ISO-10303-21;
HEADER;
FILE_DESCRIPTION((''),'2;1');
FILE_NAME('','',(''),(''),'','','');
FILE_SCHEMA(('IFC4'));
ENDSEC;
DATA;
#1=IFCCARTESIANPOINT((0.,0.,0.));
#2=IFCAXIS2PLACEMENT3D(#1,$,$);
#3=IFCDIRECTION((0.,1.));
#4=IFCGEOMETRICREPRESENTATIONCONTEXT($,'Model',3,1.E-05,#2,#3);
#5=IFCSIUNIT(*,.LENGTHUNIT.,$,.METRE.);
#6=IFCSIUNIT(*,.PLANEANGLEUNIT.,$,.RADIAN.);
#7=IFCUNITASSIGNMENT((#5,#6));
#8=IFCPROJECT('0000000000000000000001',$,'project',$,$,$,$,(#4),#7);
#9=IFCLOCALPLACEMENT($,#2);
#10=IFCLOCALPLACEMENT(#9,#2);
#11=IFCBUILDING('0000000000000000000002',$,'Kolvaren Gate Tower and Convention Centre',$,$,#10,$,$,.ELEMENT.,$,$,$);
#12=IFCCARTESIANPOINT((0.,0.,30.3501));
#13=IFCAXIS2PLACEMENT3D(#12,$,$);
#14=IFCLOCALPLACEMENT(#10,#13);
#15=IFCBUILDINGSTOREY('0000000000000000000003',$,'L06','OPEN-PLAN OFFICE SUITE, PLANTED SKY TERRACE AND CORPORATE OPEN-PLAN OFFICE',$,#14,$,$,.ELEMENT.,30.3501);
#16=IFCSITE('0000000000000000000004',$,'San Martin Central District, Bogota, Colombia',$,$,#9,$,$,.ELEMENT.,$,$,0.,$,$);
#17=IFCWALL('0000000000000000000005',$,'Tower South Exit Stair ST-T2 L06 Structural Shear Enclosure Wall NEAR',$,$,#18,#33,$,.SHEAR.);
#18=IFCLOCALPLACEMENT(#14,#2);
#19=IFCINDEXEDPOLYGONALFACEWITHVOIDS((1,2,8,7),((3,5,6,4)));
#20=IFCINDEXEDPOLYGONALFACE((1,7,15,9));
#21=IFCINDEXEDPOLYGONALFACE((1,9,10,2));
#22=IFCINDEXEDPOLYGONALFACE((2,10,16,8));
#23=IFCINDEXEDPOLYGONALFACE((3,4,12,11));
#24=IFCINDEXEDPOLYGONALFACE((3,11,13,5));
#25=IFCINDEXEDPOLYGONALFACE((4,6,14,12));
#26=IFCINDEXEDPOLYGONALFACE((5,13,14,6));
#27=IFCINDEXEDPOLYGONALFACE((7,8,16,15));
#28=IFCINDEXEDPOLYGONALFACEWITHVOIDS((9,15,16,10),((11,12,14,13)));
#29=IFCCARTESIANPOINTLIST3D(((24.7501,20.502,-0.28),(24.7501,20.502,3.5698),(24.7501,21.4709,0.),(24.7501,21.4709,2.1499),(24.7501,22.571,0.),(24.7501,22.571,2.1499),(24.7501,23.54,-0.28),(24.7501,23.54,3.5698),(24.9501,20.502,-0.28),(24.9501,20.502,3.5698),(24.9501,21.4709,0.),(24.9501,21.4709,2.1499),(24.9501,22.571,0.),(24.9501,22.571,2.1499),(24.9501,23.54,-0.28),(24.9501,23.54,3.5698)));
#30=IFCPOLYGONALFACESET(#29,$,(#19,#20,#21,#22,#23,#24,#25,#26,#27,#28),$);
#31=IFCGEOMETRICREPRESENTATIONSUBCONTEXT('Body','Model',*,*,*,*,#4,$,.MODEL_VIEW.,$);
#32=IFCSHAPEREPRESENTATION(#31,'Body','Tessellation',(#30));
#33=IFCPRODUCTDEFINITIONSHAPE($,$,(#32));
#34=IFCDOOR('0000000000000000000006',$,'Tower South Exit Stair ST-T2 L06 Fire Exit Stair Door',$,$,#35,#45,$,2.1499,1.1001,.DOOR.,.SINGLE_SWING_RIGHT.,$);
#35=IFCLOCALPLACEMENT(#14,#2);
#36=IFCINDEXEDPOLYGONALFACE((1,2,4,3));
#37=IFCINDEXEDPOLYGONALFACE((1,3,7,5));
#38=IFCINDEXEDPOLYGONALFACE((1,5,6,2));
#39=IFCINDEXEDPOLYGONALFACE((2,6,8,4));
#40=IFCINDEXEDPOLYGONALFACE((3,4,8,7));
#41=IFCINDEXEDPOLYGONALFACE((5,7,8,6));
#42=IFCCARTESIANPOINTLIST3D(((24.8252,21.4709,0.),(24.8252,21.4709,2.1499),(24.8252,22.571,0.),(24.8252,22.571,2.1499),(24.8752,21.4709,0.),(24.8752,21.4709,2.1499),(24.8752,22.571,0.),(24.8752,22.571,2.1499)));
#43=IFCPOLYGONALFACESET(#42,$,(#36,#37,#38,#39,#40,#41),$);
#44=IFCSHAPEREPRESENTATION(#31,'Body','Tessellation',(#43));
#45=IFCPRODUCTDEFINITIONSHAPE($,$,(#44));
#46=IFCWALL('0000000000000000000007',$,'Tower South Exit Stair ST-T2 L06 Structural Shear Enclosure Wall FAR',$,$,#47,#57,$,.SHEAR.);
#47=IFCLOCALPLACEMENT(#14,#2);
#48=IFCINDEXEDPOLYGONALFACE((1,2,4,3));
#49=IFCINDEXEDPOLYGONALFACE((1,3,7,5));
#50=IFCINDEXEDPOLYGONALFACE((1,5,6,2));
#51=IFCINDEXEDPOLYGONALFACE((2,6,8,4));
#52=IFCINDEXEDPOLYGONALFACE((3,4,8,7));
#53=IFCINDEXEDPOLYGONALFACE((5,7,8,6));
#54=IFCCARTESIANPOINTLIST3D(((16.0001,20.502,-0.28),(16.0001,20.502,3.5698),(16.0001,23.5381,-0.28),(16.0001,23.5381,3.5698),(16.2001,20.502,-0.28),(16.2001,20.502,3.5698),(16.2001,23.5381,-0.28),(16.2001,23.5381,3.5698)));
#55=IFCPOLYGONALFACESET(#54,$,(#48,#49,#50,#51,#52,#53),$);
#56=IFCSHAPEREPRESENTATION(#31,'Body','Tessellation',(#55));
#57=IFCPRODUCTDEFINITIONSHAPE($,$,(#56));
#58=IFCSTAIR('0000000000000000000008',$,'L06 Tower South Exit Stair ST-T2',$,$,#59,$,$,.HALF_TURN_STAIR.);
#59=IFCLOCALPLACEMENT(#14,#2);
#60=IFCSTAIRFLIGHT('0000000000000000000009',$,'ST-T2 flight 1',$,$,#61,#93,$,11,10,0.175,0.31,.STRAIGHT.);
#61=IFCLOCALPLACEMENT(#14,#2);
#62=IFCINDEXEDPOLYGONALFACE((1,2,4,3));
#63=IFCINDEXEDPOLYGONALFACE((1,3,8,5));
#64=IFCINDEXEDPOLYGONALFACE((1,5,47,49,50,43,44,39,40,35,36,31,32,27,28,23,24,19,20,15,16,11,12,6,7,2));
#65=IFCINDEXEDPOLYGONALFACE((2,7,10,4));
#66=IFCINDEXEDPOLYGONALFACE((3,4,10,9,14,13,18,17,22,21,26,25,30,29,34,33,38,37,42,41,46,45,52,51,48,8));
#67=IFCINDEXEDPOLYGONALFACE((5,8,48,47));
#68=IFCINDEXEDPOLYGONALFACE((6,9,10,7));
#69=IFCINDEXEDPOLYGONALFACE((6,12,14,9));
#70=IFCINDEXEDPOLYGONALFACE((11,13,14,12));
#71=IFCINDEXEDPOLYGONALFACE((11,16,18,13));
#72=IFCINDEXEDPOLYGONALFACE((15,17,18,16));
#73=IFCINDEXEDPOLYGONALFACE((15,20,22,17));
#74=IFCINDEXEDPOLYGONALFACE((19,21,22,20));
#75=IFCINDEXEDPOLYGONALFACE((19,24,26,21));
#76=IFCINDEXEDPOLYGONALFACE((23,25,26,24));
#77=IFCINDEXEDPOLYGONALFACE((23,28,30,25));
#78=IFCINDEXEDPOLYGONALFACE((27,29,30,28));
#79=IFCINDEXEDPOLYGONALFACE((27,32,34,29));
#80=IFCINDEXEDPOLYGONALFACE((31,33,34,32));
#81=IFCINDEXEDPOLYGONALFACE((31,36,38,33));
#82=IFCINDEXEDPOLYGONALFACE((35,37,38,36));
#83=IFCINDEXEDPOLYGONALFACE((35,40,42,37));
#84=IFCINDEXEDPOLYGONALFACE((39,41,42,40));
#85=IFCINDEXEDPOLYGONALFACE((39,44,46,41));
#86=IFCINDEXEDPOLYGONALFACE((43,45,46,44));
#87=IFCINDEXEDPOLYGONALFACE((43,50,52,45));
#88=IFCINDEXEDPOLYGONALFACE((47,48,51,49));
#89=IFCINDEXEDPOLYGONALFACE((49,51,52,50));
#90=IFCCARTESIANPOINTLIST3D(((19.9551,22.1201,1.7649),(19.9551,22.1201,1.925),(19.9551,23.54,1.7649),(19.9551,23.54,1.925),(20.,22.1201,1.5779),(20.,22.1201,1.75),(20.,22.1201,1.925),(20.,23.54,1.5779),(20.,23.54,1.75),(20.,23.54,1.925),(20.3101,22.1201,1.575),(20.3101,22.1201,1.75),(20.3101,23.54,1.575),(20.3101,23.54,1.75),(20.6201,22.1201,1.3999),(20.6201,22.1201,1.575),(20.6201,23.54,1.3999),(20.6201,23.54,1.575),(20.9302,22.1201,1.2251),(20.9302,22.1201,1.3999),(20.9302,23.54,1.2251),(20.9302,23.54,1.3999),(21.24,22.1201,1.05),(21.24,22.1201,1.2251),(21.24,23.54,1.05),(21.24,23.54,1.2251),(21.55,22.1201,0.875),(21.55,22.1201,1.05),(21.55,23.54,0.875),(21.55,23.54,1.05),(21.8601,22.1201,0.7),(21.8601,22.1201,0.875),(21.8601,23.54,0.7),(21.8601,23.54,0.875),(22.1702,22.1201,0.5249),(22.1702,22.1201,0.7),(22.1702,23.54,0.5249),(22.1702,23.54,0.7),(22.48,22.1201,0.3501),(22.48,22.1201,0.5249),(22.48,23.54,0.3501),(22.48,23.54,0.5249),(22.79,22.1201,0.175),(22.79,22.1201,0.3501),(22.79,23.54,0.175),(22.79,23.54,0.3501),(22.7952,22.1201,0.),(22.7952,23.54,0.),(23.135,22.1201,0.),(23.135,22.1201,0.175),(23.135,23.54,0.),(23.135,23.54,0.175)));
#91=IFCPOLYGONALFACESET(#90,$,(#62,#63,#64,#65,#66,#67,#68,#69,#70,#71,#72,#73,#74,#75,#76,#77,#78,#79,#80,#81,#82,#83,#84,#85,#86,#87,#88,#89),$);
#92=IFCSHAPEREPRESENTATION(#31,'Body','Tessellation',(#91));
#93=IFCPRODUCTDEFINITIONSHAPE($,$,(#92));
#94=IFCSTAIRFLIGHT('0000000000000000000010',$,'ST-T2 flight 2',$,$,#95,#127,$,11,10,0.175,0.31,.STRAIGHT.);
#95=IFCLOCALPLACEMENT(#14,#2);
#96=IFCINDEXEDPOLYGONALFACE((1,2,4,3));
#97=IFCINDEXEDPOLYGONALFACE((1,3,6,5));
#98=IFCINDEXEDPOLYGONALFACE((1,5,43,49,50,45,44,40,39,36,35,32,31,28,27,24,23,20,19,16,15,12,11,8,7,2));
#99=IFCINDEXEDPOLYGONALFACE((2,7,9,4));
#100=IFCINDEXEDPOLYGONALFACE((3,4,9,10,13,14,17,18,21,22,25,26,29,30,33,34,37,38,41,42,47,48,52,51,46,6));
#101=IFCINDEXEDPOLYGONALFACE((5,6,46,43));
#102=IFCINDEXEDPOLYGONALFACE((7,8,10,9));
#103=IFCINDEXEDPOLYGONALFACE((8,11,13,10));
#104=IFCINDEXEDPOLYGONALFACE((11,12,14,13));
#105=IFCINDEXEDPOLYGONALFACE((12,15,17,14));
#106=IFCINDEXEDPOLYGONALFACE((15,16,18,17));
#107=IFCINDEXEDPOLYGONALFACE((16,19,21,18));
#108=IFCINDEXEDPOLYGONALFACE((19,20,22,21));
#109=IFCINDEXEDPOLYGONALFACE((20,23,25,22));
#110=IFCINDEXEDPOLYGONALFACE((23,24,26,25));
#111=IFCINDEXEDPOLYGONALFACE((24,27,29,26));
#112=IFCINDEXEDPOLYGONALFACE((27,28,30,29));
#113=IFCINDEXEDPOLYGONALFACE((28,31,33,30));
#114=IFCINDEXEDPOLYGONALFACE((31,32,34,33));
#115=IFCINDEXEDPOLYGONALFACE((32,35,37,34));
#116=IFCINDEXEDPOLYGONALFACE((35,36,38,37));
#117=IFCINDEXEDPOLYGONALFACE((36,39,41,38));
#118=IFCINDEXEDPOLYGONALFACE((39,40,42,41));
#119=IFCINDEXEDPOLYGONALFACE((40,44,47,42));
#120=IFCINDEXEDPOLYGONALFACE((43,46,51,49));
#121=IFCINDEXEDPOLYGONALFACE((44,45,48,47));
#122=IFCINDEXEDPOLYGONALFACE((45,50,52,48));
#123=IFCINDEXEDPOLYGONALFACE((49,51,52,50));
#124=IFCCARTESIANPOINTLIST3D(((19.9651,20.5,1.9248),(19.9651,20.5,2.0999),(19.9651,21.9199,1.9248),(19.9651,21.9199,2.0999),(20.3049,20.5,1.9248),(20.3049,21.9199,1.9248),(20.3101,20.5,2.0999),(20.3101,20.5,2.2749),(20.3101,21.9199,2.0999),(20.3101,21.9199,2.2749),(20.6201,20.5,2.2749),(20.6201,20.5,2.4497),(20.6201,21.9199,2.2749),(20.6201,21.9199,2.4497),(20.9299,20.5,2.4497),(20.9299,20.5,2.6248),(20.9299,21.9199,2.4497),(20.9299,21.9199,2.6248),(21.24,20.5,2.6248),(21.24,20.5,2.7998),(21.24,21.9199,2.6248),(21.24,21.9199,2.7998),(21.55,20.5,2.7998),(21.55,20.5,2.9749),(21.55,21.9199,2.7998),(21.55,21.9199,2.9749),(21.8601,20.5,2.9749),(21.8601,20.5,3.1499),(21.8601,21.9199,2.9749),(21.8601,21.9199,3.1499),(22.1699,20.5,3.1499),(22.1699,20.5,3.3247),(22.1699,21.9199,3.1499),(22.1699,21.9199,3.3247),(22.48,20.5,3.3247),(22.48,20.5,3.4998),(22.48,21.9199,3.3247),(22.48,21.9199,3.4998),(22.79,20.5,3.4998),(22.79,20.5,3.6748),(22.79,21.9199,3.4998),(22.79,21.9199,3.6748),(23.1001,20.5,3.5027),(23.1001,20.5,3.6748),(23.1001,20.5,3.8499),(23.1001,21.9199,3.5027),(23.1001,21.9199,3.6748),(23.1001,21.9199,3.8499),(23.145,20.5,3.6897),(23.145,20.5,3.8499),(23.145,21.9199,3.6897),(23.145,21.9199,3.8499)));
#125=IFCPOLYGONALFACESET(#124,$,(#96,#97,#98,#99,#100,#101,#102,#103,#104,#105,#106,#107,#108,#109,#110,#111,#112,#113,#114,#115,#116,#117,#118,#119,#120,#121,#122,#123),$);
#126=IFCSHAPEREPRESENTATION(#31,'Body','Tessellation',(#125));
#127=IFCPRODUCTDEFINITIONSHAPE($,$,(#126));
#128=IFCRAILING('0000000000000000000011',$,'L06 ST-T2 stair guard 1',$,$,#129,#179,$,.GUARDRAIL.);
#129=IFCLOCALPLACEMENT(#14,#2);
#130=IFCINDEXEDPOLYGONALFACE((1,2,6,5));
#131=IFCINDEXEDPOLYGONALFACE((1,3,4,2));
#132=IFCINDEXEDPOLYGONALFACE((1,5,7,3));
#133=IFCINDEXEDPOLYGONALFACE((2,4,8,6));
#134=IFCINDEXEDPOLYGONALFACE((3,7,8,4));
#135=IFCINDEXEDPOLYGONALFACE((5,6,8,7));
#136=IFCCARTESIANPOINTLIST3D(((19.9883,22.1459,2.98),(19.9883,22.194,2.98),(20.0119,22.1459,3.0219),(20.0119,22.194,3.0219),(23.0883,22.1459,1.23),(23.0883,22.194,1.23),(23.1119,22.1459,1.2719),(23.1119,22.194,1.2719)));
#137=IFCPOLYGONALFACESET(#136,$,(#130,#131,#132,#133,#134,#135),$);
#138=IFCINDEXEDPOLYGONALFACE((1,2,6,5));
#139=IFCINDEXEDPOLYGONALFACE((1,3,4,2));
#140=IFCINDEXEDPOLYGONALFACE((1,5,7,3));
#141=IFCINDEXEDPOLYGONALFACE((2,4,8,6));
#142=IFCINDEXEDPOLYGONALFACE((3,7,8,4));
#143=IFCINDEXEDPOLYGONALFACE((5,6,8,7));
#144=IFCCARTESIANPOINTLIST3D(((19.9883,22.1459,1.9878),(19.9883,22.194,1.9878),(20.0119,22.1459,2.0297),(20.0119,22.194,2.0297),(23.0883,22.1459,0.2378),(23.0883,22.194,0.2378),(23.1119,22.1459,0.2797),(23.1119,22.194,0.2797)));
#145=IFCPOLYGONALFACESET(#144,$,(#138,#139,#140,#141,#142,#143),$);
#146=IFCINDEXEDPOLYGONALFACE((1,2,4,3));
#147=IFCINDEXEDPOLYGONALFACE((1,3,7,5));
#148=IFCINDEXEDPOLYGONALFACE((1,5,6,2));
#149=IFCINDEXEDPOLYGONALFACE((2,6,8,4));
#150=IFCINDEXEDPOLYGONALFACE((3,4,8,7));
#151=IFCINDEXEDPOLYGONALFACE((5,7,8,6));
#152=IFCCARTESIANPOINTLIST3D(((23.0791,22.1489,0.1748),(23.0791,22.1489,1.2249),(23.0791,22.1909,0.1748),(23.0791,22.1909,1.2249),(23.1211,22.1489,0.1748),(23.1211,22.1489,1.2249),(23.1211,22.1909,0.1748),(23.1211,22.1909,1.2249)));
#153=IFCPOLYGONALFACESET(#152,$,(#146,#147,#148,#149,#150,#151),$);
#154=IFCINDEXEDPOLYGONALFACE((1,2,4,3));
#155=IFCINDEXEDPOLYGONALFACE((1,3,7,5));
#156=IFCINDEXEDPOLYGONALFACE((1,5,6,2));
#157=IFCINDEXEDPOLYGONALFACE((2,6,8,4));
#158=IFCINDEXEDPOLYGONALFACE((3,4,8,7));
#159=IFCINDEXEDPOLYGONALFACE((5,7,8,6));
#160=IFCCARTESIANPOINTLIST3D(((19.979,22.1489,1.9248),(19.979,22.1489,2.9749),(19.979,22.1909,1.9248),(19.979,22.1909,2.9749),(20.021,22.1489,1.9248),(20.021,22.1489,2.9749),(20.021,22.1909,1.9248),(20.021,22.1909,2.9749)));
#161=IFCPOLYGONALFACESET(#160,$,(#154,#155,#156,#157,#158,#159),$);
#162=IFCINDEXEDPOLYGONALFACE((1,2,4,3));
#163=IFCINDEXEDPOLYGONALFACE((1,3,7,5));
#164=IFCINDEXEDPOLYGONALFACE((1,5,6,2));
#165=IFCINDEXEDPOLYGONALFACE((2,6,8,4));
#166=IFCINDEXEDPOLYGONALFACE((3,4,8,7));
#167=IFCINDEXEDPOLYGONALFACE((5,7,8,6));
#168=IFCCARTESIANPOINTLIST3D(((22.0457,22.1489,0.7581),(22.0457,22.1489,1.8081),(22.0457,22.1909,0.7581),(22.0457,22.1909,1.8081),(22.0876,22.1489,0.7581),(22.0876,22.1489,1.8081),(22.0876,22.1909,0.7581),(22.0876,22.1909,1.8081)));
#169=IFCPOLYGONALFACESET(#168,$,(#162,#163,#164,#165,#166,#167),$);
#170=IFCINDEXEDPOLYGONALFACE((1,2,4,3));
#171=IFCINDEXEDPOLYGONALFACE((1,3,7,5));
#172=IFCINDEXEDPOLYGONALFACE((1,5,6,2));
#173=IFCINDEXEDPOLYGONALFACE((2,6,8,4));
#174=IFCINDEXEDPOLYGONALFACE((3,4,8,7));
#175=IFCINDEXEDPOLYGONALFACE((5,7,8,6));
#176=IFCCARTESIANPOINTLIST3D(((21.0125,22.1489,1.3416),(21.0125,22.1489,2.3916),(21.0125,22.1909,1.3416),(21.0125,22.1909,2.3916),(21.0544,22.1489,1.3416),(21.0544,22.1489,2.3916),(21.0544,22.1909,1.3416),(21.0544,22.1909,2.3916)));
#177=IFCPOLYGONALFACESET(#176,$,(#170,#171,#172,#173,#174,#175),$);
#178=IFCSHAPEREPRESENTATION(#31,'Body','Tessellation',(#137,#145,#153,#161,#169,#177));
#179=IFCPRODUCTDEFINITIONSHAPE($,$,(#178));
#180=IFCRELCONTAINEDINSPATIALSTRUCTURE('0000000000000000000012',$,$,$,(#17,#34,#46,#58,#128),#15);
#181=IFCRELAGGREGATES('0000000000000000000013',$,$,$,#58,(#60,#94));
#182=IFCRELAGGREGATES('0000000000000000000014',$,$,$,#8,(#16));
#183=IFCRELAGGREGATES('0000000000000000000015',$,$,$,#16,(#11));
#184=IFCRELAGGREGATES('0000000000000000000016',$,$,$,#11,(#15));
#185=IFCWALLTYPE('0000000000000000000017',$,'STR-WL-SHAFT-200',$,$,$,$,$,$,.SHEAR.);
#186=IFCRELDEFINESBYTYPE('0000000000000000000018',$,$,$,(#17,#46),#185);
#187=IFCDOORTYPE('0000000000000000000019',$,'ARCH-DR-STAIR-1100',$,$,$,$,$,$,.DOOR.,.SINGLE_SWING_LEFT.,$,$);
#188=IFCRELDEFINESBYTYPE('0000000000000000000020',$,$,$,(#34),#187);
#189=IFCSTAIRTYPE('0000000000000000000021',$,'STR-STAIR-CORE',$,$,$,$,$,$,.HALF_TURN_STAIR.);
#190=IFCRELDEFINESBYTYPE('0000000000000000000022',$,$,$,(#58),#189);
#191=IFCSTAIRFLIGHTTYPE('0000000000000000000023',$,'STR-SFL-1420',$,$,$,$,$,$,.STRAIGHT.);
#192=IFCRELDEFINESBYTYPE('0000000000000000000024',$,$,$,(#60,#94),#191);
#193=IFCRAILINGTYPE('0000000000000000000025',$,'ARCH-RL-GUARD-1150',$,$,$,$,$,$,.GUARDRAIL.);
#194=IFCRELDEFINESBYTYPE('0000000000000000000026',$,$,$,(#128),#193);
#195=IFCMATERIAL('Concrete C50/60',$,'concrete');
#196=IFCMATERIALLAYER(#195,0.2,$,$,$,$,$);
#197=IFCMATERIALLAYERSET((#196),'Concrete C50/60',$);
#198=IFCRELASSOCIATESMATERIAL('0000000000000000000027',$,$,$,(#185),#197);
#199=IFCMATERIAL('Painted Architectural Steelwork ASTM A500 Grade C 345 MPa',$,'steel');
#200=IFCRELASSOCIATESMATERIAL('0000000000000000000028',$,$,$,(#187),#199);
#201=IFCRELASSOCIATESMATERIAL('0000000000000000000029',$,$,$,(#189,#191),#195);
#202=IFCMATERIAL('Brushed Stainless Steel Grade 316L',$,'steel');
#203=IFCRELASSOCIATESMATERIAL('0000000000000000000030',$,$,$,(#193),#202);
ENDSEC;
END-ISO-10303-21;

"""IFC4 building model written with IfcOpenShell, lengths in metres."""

from ifc_helpers import new_model, si_unit, direction, frame, frame_2d, origin, origin_2d, place, context, subcontext, project, spatial, polyline, rectangle, outline, extrude, material, layer, layer_set, type_object, element, fill, aggregate, save


model = new_model("IFC4")

# Units and contexts
model_context = context("Model", 3, precision=1e-05, world=origin(), true_north=direction((0.0, 1.0)))
body_context = subcontext(model_context, "Body", "Model", "MODEL_VIEW")
ifc_project = project(units=[si_unit("LENGTHUNIT", "METRE"), si_unit("PLANEANGLEUNIT", "RADIAN")], contexts=[model_context])

# Site, building, storey
site_placement = place(None, origin())
site = spatial("IfcSite", under=ifc_project, at=site_placement, Name="San Martin Central District, Bogota, Colombia", CompositionType="ELEMENT", RefElevation=0.0)
building_placement = place(site_placement, origin())
building = spatial("IfcBuilding", under=site, at=building_placement, Name="Kolvaren Gate Tower and Convention Centre", CompositionType="ELEMENT")
storey_placement = place(building_placement, frame((0.0, 0.0, 30.3501)))
storey = spatial("IfcBuildingStorey", under=building, at=storey_placement, Name="L06", Description="OPEN-PLAN OFFICE SUITE, PLANTED SKY TERRACE AND CORPORATE OPEN-PLAN OFFICE", CompositionType="ELEMENT", Elevation=30.3501)

# Shared definitions
ifc_material_1 = material(Name="Painted Architectural Steelwork ASTM A500 Grade C 345 MPa", Category="steel")

# Shared definitions
ifc_material_2 = material(Name="Brushed Stainless Steel Grade 316L", Category="steel")

# Wall, opening, door
ifc_material_3 = material(Name="Concrete C50/60", Category="concrete")
ifc_layer_1 = layer(ifc_material_3, 0.2)
ifc_layer_set_1 = layer_set([ifc_layer_1], Name="Concrete C50/60")
wall_type_1 = type_object("IfcWallType", Name="STR-WL-SHAFT-200", PredefinedType="SHEAR", material=ifc_layer_set_1)
wall_1_placement = place(storey_placement, frame((24.8501, 20.502, -0.28), z_axis=(0.0, 0.0, 1.0), x_axis=(0.0, 1.0, 0.0)))
wall_1 = element("IfcWall", 1, at=wall_1_placement, inside=storey, type_object=wall_type_1, Name="Tower South Exit Stair ST-T2 L06 Structural Shear Enclosure Wall NEAR", PredefinedType="SHEAR", context=body_context, shape_type="SweptSolid", body=[
    extrude(rectangle(XDim=3.0381, YDim=0.2, at=frame_2d((1.519, 0.0))), origin(), (0.0, 0.0, 1.0), 3.8499),
])
opening_1_placement = place(wall_1_placement, frame((0.969, 0.0, 0.28)))
opening_1 = element("IfcOpeningElement", 2, at=opening_1_placement, cuts=wall_1, PredefinedType="OPENING", context=body_context, shape_type="SweptSolid", body=[
    extrude(rectangle(XDim=1.1001, YDim=2.1499, at=frame_2d((0.55, 1.075))), frame((0.0, 0.1099, 0.0), z_axis=(0.0, -1.0, 0.0), x_axis=(1.0, 0.0, 0.0)), (0.0, 0.0, 1.0), 0.22),
])
door_type_1 = type_object("IfcDoorType", Name="ARCH-DR-STAIR-1100", OperationType="SINGLE_SWING_LEFT", PredefinedType="DOOR", material=ifc_material_1)
door_1_placement = place(opening_1_placement, origin())
door_1 = element("IfcDoor", 3, at=door_1_placement, inside=storey, type_object=door_type_1, Name="Tower South Exit Stair ST-T2 L06 Fire Exit Stair Door", OperationType="SINGLE_SWING_RIGHT", OverallHeight=2.1499, OverallWidth=1.1001, PredefinedType="DOOR", context=body_context, shape_type="SweptSolid", body=[
    extrude(rectangle(XDim=1.1001, YDim=2.1499, at=frame_2d((0.55, 1.075))), frame((0.0, 0.0249, 0.0), z_axis=(0.0, -1.0, 0.0), x_axis=(1.0, 0.0, 0.0)), (0.0, 0.0, 1.0), 0.05),
])
fill(opening_1, door_1)

# Wall
wall_2_placement = place(storey_placement, frame((16.1001, 20.502, -0.28), z_axis=(0.0, 0.0, 1.0), x_axis=(0.0, 1.0, 0.0)))
element("IfcWall", 4, at=wall_2_placement, inside=storey, type_object=wall_type_1, Name="Tower South Exit Stair ST-T2 L06 Structural Shear Enclosure Wall FAR", PredefinedType="SHEAR", context=body_context, shape_type="SweptSolid", body=[
    extrude(rectangle(XDim=3.0361, YDim=0.2, at=frame_2d((1.5181, 0.0))), origin(), (0.0, 0.0, 1.0), 3.8499),
])

# Stair, stair flights
stair_type = type_object("IfcStairType", Name="STR-STAIR-CORE", PredefinedType="HALF_TURN_STAIR", material=ifc_material_3)
stair_placement = place(storey_placement, origin())
stair = element("IfcStair", 5, at=stair_placement, inside=storey, type_object=stair_type, Name="L06 Tower South Exit Stair ST-T2", PredefinedType="HALF_TURN_STAIR")
stair_flight_type = type_object("IfcStairFlightType", Name="STR-SFL-1420", PredefinedType="STRAIGHT", material=ifc_material_3)
stair_flight_1_placement = place(storey_placement, frame((23.1001, 22.8301, 0.0), z_axis=(0.0, 0.0, 1.0), x_axis=(-1.0, 0.0, 0.0)))
stair_flight_1 = element("IfcStairFlight", 6, at=stair_flight_1_placement, type_object=stair_flight_type, Name="ST-T2 flight 1", NumberOfRisers=11, NumberOfTreads=10, PredefinedType="STRAIGHT", RiserHeight=0.175, TreadLength=0.31, context=body_context, shape_type="SweptSolid", body=[
    extrude(outline(polyline([(-0.0349, 0.0), (-0.0349, 0.175), (0.3101, 0.175), (0.3101, 0.3501), (0.6201, 0.3501), (0.6201, 0.5249), (0.9299, 0.5249), (0.9299, 0.7), (1.24, 0.7), (1.24, 0.875), (1.55, 0.875), (1.55, 1.05), (1.8601, 1.05), (1.8601, 1.2251), (2.1699, 1.2251), (2.1699, 1.3999), (2.48, 1.3999), (2.48, 1.575), (2.79, 1.575), (2.79, 1.75), (3.1001, 1.75), (3.1001, 1.925), (3.145, 1.925), (3.145, 1.7649), (3.1001, 1.5779), (0.3049, 0.0), (-0.0349, 0.0)])), frame((0.0, 0.71, 0.0), z_axis=(0.0, -1.0, 0.0), x_axis=(1.0, 0.0, 0.0)), (0.0, 0.0, 1.0), 1.4199),
])
stair_flight_2_placement = place(storey_placement, frame((20.0, 21.21, 1.9248), z_axis=(0.0, 0.0, 1.0), x_axis=(1.0, 0.0, 0.0)))
stair_flight_2 = element("IfcStairFlight", 7, at=stair_flight_2_placement, type_object=stair_flight_type, Name="ST-T2 flight 2", NumberOfRisers=11, NumberOfTreads=10, PredefinedType="STRAIGHT", RiserHeight=0.175, TreadLength=0.31, context=body_context, shape_type="SweptSolid", body=[
    extrude(outline(polyline([(-0.0349, 0.0), (-0.0349, 0.175), (0.3101, 0.175), (0.3101, 0.3501), (0.6201, 0.3501), (0.6201, 0.5249), (0.9299, 0.5249), (0.9299, 0.7), (1.24, 0.7), (1.24, 0.875), (1.55, 0.875), (1.55, 1.05), (1.8601, 1.05), (1.8601, 1.2251), (2.1699, 1.2251), (2.1699, 1.3999), (2.48, 1.3999), (2.48, 1.575), (2.79, 1.575), (2.79, 1.75), (3.1001, 1.75), (3.1001, 1.925), (3.145, 1.925), (3.145, 1.7649), (3.1001, 1.5779), (0.3049, 0.0), (-0.0349, 0.0)])), frame((0.0, 0.71, 0.0), z_axis=(0.0, -1.0, 0.0), x_axis=(1.0, 0.0, 0.0)), (0.0, 0.0, 1.0), 1.4199),
])
aggregate(stair, [stair_flight_1, stair_flight_2])

# Railing
railing_type_1 = type_object("IfcRailingType", Name="ARCH-RL-GUARD-1150", PredefinedType="GUARDRAIL", material=ifc_material_2)
railing_1_placement = place(storey_placement, frame((23.1001, 22.1699, 0.1748)))
element("IfcRailing", 8, at=railing_1_placement, inside=storey, type_object=railing_type_1, Name="L06 ST-T2 stair guard 1", PredefinedType="GUARDRAIL", context=body_context, shape_type="SweptSolid", body=[
    extrude(rectangle(XDim=0.0481, YDim=0.0481, at=origin_2d()), frame((0.0, 0.0, 1.0762), z_axis=(-0.870831, 0.0, 0.491583), x_axis=(0.0, -1.0, 0.0)), (0.0, 0.0, 1.0), 3.5598),
    extrude(rectangle(XDim=0.0481, YDim=0.0481, at=origin_2d()), frame((0.0, 0.0, 0.084), z_axis=(-0.870831, 0.0, 0.491583), x_axis=(0.0, -1.0, 0.0)), (0.0, 0.0, 1.0), 3.5598),
    extrude(rectangle(XDim=0.042, YDim=0.042, at=origin_2d()), origin(), (0.0, 0.0, 1.0), 1.05),
    extrude(rectangle(XDim=0.042, YDim=0.042, at=origin_2d()), frame((-3.1001, 0.0, 1.75)), (0.0, 0.0, 1.0), 1.05),
    extrude(rectangle(XDim=0.042, YDim=0.042, at=origin_2d()), frame((-1.0334, 0.0, 0.5833)), (0.0, 0.0, 1.0), 1.05),
    extrude(rectangle(XDim=0.042, YDim=0.042, at=origin_2d()), frame((-2.0667, 0.0, 1.1667)), (0.0, 0.0, 1.0), 1.05),
])

save(model, "model.ifc")
